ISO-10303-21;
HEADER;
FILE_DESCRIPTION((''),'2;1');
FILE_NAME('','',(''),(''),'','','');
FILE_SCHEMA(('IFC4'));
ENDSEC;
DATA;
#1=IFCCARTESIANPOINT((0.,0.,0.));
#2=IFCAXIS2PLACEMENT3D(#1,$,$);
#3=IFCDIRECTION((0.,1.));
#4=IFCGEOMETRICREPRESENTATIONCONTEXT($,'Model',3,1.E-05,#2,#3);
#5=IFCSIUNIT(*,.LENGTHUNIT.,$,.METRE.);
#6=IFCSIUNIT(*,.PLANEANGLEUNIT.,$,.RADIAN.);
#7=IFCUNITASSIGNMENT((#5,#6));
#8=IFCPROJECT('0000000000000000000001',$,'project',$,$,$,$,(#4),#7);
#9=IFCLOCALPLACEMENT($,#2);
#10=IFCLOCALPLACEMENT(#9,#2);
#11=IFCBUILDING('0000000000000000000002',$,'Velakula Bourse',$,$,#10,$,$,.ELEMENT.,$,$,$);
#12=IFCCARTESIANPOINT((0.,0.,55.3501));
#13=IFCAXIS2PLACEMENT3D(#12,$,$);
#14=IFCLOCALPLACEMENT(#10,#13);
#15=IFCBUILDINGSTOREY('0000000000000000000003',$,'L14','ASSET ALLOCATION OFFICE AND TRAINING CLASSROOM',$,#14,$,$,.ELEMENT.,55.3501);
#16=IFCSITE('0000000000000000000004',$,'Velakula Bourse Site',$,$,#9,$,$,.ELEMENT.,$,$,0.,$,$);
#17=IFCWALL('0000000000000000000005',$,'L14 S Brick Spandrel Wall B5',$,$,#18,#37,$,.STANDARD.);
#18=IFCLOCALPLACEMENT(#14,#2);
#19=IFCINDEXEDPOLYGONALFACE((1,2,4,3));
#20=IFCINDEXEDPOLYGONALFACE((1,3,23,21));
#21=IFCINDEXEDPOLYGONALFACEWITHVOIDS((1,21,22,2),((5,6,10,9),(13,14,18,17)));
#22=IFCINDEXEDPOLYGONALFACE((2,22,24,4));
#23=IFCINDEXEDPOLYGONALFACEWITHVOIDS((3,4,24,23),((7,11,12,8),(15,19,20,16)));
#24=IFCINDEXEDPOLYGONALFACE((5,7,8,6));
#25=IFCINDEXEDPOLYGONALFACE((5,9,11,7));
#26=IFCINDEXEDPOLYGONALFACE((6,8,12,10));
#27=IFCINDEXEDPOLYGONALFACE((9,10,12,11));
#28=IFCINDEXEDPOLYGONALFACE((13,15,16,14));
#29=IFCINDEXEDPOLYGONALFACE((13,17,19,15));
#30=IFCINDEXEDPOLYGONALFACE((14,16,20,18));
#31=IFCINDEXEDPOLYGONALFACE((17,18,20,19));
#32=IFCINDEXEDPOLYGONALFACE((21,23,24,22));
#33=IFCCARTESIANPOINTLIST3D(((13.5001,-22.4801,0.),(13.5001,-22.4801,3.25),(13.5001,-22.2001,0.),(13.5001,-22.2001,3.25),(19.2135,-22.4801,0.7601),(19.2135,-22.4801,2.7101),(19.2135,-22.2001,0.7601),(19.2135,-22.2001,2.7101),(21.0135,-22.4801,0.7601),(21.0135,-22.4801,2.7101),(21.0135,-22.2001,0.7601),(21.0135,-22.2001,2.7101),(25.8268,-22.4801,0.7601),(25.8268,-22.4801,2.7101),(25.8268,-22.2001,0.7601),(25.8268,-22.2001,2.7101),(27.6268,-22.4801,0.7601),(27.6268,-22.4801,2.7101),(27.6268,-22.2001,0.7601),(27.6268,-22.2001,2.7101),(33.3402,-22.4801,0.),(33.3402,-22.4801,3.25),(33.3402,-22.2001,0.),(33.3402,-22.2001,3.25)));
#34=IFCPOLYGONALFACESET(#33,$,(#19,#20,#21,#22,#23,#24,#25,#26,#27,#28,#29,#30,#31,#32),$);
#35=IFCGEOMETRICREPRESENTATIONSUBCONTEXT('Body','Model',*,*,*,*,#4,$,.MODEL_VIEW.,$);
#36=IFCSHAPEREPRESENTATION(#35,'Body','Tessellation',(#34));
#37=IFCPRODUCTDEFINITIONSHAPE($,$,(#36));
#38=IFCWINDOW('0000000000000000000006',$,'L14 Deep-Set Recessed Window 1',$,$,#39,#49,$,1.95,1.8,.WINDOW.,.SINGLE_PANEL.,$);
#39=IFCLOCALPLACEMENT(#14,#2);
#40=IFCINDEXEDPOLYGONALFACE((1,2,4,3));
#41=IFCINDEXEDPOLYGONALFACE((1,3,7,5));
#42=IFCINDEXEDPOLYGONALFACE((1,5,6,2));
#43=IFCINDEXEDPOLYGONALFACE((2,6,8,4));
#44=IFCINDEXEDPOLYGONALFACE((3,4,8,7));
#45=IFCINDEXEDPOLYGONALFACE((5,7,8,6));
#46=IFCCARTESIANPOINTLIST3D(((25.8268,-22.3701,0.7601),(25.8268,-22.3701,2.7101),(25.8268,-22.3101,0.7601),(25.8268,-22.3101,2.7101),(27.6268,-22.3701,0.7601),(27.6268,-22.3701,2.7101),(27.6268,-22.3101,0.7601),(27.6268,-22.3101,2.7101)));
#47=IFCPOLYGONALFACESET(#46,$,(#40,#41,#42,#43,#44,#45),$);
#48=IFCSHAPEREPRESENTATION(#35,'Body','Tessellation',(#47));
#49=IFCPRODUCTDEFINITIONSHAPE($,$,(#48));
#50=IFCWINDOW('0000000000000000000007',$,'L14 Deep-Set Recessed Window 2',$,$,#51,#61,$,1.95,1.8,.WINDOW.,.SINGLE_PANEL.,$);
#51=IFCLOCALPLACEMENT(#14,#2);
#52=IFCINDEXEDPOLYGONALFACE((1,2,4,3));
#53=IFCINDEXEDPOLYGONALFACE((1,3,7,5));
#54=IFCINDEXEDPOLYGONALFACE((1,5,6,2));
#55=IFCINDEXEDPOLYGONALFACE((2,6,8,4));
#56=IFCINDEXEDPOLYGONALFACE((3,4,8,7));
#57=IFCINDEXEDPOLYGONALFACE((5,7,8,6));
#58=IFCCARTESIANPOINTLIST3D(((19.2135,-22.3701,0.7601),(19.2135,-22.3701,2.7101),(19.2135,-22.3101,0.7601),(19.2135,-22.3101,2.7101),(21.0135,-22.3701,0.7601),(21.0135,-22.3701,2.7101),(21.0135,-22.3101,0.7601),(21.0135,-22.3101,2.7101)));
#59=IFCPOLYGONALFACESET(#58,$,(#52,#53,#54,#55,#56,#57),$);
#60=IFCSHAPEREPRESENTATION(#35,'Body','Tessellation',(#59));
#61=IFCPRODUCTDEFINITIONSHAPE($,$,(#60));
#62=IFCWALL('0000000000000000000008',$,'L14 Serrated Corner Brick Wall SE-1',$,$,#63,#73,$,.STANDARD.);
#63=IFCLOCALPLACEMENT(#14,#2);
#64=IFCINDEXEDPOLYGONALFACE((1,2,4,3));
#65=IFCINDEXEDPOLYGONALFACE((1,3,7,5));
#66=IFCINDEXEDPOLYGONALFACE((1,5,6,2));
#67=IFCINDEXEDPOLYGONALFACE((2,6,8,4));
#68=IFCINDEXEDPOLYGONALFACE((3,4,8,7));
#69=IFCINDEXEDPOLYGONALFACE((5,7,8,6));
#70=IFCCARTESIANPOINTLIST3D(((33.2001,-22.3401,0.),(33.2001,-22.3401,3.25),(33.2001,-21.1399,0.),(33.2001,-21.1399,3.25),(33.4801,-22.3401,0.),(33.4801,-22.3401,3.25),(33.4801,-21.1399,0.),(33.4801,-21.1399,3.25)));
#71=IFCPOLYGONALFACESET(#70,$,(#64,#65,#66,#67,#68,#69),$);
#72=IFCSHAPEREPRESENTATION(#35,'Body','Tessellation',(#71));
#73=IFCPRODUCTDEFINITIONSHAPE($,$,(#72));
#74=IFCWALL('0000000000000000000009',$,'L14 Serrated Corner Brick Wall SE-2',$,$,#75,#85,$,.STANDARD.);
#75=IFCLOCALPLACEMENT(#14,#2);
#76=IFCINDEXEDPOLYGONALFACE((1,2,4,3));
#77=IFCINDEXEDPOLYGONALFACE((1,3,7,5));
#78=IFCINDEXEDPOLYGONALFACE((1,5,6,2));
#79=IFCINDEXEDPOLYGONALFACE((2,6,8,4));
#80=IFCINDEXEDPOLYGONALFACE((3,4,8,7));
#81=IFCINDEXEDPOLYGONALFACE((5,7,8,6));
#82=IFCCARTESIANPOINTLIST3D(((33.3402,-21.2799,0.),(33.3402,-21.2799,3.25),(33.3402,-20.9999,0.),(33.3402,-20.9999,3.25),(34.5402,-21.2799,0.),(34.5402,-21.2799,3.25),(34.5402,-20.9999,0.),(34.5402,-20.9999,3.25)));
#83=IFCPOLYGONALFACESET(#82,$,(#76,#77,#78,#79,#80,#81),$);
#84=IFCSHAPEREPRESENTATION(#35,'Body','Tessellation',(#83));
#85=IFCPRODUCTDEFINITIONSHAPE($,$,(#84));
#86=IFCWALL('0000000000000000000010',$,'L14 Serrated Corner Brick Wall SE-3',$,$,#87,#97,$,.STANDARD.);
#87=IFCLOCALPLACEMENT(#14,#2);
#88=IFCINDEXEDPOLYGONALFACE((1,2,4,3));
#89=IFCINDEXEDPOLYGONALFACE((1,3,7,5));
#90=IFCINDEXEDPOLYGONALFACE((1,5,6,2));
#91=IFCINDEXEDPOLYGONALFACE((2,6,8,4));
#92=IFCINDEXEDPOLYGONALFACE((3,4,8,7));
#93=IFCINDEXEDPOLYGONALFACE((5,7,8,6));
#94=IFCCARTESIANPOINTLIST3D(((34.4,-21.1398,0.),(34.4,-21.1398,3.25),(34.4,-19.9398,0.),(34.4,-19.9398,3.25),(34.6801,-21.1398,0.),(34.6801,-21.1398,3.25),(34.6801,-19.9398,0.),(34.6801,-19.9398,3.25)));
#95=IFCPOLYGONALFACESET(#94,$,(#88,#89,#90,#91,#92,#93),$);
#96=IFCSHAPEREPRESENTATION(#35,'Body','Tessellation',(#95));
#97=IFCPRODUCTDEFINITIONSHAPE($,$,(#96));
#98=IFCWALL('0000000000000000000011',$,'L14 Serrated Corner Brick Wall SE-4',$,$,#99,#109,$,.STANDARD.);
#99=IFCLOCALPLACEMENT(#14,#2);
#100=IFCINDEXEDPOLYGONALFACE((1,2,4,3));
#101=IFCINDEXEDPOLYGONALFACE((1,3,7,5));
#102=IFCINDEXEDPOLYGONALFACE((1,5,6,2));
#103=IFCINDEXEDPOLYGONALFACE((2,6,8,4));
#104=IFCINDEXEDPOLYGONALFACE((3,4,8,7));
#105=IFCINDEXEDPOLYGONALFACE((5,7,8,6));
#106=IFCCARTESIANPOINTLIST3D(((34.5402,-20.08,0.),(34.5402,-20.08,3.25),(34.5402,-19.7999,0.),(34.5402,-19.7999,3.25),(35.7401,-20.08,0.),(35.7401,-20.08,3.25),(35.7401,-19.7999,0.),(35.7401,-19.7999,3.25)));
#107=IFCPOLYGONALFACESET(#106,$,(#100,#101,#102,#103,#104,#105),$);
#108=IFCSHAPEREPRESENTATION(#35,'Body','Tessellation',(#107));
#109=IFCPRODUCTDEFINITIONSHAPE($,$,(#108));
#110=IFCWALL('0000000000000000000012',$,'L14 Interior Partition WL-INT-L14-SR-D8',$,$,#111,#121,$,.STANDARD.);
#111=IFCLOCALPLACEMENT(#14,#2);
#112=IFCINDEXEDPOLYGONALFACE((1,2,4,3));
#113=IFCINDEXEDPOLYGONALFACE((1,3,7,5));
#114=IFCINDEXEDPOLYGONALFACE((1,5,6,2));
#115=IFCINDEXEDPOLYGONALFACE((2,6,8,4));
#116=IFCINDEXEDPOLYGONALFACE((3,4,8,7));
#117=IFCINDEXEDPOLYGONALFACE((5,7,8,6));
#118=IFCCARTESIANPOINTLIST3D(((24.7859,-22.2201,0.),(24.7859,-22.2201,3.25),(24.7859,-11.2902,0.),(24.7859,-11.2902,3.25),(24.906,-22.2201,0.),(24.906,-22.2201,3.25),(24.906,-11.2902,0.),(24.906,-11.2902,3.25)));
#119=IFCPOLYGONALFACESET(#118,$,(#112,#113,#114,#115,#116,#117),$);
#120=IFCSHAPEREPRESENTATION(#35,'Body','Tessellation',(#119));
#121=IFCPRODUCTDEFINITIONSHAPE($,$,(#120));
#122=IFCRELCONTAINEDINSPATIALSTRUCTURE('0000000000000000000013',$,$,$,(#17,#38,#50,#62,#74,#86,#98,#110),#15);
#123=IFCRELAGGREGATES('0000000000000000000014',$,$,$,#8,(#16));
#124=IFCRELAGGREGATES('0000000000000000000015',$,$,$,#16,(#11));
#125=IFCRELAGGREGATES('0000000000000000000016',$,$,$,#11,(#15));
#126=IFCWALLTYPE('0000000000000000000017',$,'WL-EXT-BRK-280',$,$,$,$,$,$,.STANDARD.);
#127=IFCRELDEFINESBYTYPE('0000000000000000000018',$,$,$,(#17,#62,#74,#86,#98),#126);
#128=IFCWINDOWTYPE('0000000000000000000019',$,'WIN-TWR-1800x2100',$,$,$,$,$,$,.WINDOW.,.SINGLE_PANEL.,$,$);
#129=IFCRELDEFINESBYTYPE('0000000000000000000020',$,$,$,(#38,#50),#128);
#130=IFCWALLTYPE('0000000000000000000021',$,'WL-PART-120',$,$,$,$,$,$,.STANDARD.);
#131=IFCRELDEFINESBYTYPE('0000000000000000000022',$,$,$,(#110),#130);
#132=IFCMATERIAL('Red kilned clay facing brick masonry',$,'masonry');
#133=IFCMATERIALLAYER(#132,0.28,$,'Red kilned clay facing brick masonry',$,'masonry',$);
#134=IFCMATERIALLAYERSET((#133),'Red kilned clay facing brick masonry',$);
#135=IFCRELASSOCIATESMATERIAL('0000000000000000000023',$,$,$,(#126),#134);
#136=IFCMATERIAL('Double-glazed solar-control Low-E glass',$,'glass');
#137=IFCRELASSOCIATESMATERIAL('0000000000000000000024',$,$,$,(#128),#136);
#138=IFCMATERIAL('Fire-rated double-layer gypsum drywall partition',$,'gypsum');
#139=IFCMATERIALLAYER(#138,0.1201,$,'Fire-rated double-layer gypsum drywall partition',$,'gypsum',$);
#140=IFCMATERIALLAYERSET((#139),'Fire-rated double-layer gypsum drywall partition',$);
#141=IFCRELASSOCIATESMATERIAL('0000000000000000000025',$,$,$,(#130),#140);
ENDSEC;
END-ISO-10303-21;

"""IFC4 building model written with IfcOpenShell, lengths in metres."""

from ifc_helpers import new_model, si_unit, direction, frame, frame_2d, origin, place, context, subcontext, project, spatial, rectangle, extrude, material, layer, layer_set, type_object, element, fill, save


model = new_model("IFC4")

# Units and contexts
model_context = context("Model", 3, precision=1e-05, world=origin(), true_north=direction((0.0, 1.0)))
body_context = subcontext(model_context, "Body", "Model", "MODEL_VIEW")
ifc_project = project(units=[si_unit("LENGTHUNIT", "METRE"), si_unit("PLANEANGLEUNIT", "RADIAN")], contexts=[model_context])

# Site, building, storey
site_placement = place(None, origin())
site = spatial("IfcSite", under=ifc_project, at=site_placement, Name="Velakula Bourse Site", CompositionType="ELEMENT", RefElevation=0.0)
building_placement = place(site_placement, origin())
building = spatial("IfcBuilding", under=site, at=building_placement, Name="Velakula Bourse", CompositionType="ELEMENT")
storey_placement = place(building_placement, frame((0.0, 0.0, 55.3501)))
storey = spatial("IfcBuildingStorey", under=building, at=storey_placement, Name="L14", Description="ASSET ALLOCATION OFFICE AND TRAINING CLASSROOM", CompositionType="ELEMENT", Elevation=55.3501)

# Wall, openings, windows
ifc_material_1 = material(Name="Red kilned clay facing brick masonry", Category="masonry")
ifc_layer_1 = layer(ifc_material_1, 0.28, Name="Red kilned clay facing brick masonry", Category="masonry")
ifc_layer_set_1 = layer_set([ifc_layer_1], Name="Red kilned clay facing brick masonry")
wall_type_1 = type_object("IfcWallType", Name="WL-EXT-BRK-280", PredefinedType="STANDARD", material=ifc_layer_set_1)
wall_1_placement = place(storey_placement, frame((33.3401, -22.3401, 0.0), z_axis=(0.0, 0.0, 1.0), x_axis=(-1.0, 0.0, 0.0)))
wall_1 = element("IfcWall", 1, at=wall_1_placement, inside=storey, type_object=wall_type_1, Name="L14 S Brick Spandrel Wall B5", PredefinedType="STANDARD", context=body_context, shape_type="SweptSolid", body=[
    extrude(rectangle(XDim=19.8401, YDim=0.28, at=frame_2d((9.9199, 0.0))), origin(), (0.0, 0.0, 1.0), 3.25),
])
opening_1_placement = place(wall_1_placement, frame((5.7134, 0.0, 0.76)))
opening_1 = element("IfcOpeningElement", 2, at=opening_1_placement, cuts=wall_1, PredefinedType="OPENING", context=body_context, shape_type="SweptSolid", body=[
    extrude(rectangle(XDim=1.8, YDim=1.95, at=frame_2d((0.8999, 0.9751))), frame((0.0, 0.1499, 0.0), z_axis=(0.0, -1.0, 0.0), x_axis=(1.0, 0.0, 0.0)), (0.0, 0.0, 1.0), 0.3),
])
opening_2_placement = place(wall_1_placement, frame((12.3267, 0.0, 0.76)))
opening_2 = element("IfcOpeningElement", 3, at=opening_2_placement, cuts=wall_1, PredefinedType="OPENING", context=body_context, shape_type="SweptSolid", body=[
    extrude(rectangle(XDim=1.8, YDim=1.95, at=frame_2d((0.8999, 0.9751))), frame((0.0, 0.1499, 0.0), z_axis=(0.0, -1.0, 0.0), x_axis=(1.0, 0.0, 0.0)), (0.0, 0.0, 1.0), 0.3),
])
ifc_material_2 = material(Name="Double-glazed solar-control Low-E glass", Category="glass")
window_type = type_object("IfcWindowType", Name="WIN-TWR-1800x2100", PartitioningType="SINGLE_PANEL", PredefinedType="WINDOW", material=ifc_material_2)
window_1_placement = place(opening_1_placement, origin())
window_1 = element("IfcWindow", 4, at=window_1_placement, inside=storey, type_object=window_type, Name="L14 Deep-Set Recessed Window 1", OverallHeight=1.95, OverallWidth=1.8, PartitioningType="SINGLE_PANEL", PredefinedType="WINDOW", context=body_context, shape_type="SweptSolid", body=[
    extrude(rectangle(XDim=1.8, YDim=1.95, at=frame_2d((0.8999, 0.9751))), frame((0.0, 0.03, 0.0), z_axis=(0.0, -1.0, 0.0), x_axis=(1.0, 0.0, 0.0)), (0.0, 0.0, 1.0), 0.0601),
])
fill(opening_1, window_1)
window_2_placement = place(opening_2_placement, origin())
window_2 = element("IfcWindow", 5, at=window_2_placement, inside=storey, type_object=window_type, Name="L14 Deep-Set Recessed Window 2", OverallHeight=1.95, OverallWidth=1.8, PartitioningType="SINGLE_PANEL", PredefinedType="WINDOW", context=body_context, shape_type="SweptSolid", body=[
    extrude(rectangle(XDim=1.8, YDim=1.95, at=frame_2d((0.8999, 0.9751))), frame((0.0, 0.03, 0.0), z_axis=(0.0, -1.0, 0.0), x_axis=(1.0, 0.0, 0.0)), (0.0, 0.0, 1.0), 0.0601),
])
fill(opening_2, window_2)

# Walls
wall_2_placement = place(storey_placement, frame((33.3401, -22.3401, 0.0), z_axis=(0.0, 0.0, 1.0), x_axis=(0.0, 1.0, 0.0)))
element("IfcWall", 6, at=wall_2_placement, inside=storey, type_object=wall_type_1, Name="L14 Serrated Corner Brick Wall SE-1", PredefinedType="STANDARD", context=body_context, shape_type="SweptSolid", body=[
    extrude(rectangle(XDim=1.2002, YDim=0.28, at=frame_2d((0.6001, 0.0))), origin(), (0.0, 0.0, 1.0), 3.25),
])
for number, where, z_axis, x_axis, name in (
    (7, (33.3401, -21.1399, 0.0), (0.0, 0.0, 1.0), (1.0, 0.0, 0.0), "L14 Serrated Corner Brick Wall SE-2"),
    (8, (34.54, -21.1399, 0.0), (0.0, 0.0, 1.0), (0.0, 1.0, 0.0), "L14 Serrated Corner Brick Wall SE-3"),
    (9, (34.54, -19.9399, 0.0), (0.0, 0.0, 1.0), (1.0, 0.0, 0.0), "L14 Serrated Corner Brick Wall SE-4"),
):
    element("IfcWall", number, at=place(storey_placement, frame(where, z_axis=z_axis, x_axis=x_axis)), inside=storey, type_object=wall_type_1, Name=name, PredefinedType="STANDARD", context=body_context, shape_type="SweptSolid", body=[
        extrude(rectangle(XDim=1.2, YDim=0.28, at=frame_2d((0.6001, 0.0))), origin(), (0.0, 0.0, 1.0), 3.25),
    ])
ifc_material_3 = material(Name="Fire-rated double-layer gypsum drywall partition", Category="gypsum")
ifc_layer_2 = layer(ifc_material_3, 0.1201, Name="Fire-rated double-layer gypsum drywall partition", Category="gypsum")
ifc_layer_set_2 = layer_set([ifc_layer_2], Name="Fire-rated double-layer gypsum drywall partition")
wall_type_2 = type_object("IfcWallType", Name="WL-PART-120", PredefinedType="STANDARD", material=ifc_layer_set_2)
wall_3_placement = place(storey_placement, frame((24.8459, -22.22, 0.0), z_axis=(0.0, 0.0, 1.0), x_axis=(0.0, 1.0, 0.0)))
element("IfcWall", 10, at=wall_3_placement, inside=storey, type_object=wall_type_2, Name="L14 Interior Partition WL-INT-L14-SR-D8", PredefinedType="STANDARD", context=body_context, shape_type="SweptSolid", body=[
    extrude(rectangle(XDim=10.9299, YDim=0.1201, at=frame_2d((5.4648, 0.0))), origin(), (0.0, 0.0, 1.0), 3.25),
])

save(model, "model.ifc")
